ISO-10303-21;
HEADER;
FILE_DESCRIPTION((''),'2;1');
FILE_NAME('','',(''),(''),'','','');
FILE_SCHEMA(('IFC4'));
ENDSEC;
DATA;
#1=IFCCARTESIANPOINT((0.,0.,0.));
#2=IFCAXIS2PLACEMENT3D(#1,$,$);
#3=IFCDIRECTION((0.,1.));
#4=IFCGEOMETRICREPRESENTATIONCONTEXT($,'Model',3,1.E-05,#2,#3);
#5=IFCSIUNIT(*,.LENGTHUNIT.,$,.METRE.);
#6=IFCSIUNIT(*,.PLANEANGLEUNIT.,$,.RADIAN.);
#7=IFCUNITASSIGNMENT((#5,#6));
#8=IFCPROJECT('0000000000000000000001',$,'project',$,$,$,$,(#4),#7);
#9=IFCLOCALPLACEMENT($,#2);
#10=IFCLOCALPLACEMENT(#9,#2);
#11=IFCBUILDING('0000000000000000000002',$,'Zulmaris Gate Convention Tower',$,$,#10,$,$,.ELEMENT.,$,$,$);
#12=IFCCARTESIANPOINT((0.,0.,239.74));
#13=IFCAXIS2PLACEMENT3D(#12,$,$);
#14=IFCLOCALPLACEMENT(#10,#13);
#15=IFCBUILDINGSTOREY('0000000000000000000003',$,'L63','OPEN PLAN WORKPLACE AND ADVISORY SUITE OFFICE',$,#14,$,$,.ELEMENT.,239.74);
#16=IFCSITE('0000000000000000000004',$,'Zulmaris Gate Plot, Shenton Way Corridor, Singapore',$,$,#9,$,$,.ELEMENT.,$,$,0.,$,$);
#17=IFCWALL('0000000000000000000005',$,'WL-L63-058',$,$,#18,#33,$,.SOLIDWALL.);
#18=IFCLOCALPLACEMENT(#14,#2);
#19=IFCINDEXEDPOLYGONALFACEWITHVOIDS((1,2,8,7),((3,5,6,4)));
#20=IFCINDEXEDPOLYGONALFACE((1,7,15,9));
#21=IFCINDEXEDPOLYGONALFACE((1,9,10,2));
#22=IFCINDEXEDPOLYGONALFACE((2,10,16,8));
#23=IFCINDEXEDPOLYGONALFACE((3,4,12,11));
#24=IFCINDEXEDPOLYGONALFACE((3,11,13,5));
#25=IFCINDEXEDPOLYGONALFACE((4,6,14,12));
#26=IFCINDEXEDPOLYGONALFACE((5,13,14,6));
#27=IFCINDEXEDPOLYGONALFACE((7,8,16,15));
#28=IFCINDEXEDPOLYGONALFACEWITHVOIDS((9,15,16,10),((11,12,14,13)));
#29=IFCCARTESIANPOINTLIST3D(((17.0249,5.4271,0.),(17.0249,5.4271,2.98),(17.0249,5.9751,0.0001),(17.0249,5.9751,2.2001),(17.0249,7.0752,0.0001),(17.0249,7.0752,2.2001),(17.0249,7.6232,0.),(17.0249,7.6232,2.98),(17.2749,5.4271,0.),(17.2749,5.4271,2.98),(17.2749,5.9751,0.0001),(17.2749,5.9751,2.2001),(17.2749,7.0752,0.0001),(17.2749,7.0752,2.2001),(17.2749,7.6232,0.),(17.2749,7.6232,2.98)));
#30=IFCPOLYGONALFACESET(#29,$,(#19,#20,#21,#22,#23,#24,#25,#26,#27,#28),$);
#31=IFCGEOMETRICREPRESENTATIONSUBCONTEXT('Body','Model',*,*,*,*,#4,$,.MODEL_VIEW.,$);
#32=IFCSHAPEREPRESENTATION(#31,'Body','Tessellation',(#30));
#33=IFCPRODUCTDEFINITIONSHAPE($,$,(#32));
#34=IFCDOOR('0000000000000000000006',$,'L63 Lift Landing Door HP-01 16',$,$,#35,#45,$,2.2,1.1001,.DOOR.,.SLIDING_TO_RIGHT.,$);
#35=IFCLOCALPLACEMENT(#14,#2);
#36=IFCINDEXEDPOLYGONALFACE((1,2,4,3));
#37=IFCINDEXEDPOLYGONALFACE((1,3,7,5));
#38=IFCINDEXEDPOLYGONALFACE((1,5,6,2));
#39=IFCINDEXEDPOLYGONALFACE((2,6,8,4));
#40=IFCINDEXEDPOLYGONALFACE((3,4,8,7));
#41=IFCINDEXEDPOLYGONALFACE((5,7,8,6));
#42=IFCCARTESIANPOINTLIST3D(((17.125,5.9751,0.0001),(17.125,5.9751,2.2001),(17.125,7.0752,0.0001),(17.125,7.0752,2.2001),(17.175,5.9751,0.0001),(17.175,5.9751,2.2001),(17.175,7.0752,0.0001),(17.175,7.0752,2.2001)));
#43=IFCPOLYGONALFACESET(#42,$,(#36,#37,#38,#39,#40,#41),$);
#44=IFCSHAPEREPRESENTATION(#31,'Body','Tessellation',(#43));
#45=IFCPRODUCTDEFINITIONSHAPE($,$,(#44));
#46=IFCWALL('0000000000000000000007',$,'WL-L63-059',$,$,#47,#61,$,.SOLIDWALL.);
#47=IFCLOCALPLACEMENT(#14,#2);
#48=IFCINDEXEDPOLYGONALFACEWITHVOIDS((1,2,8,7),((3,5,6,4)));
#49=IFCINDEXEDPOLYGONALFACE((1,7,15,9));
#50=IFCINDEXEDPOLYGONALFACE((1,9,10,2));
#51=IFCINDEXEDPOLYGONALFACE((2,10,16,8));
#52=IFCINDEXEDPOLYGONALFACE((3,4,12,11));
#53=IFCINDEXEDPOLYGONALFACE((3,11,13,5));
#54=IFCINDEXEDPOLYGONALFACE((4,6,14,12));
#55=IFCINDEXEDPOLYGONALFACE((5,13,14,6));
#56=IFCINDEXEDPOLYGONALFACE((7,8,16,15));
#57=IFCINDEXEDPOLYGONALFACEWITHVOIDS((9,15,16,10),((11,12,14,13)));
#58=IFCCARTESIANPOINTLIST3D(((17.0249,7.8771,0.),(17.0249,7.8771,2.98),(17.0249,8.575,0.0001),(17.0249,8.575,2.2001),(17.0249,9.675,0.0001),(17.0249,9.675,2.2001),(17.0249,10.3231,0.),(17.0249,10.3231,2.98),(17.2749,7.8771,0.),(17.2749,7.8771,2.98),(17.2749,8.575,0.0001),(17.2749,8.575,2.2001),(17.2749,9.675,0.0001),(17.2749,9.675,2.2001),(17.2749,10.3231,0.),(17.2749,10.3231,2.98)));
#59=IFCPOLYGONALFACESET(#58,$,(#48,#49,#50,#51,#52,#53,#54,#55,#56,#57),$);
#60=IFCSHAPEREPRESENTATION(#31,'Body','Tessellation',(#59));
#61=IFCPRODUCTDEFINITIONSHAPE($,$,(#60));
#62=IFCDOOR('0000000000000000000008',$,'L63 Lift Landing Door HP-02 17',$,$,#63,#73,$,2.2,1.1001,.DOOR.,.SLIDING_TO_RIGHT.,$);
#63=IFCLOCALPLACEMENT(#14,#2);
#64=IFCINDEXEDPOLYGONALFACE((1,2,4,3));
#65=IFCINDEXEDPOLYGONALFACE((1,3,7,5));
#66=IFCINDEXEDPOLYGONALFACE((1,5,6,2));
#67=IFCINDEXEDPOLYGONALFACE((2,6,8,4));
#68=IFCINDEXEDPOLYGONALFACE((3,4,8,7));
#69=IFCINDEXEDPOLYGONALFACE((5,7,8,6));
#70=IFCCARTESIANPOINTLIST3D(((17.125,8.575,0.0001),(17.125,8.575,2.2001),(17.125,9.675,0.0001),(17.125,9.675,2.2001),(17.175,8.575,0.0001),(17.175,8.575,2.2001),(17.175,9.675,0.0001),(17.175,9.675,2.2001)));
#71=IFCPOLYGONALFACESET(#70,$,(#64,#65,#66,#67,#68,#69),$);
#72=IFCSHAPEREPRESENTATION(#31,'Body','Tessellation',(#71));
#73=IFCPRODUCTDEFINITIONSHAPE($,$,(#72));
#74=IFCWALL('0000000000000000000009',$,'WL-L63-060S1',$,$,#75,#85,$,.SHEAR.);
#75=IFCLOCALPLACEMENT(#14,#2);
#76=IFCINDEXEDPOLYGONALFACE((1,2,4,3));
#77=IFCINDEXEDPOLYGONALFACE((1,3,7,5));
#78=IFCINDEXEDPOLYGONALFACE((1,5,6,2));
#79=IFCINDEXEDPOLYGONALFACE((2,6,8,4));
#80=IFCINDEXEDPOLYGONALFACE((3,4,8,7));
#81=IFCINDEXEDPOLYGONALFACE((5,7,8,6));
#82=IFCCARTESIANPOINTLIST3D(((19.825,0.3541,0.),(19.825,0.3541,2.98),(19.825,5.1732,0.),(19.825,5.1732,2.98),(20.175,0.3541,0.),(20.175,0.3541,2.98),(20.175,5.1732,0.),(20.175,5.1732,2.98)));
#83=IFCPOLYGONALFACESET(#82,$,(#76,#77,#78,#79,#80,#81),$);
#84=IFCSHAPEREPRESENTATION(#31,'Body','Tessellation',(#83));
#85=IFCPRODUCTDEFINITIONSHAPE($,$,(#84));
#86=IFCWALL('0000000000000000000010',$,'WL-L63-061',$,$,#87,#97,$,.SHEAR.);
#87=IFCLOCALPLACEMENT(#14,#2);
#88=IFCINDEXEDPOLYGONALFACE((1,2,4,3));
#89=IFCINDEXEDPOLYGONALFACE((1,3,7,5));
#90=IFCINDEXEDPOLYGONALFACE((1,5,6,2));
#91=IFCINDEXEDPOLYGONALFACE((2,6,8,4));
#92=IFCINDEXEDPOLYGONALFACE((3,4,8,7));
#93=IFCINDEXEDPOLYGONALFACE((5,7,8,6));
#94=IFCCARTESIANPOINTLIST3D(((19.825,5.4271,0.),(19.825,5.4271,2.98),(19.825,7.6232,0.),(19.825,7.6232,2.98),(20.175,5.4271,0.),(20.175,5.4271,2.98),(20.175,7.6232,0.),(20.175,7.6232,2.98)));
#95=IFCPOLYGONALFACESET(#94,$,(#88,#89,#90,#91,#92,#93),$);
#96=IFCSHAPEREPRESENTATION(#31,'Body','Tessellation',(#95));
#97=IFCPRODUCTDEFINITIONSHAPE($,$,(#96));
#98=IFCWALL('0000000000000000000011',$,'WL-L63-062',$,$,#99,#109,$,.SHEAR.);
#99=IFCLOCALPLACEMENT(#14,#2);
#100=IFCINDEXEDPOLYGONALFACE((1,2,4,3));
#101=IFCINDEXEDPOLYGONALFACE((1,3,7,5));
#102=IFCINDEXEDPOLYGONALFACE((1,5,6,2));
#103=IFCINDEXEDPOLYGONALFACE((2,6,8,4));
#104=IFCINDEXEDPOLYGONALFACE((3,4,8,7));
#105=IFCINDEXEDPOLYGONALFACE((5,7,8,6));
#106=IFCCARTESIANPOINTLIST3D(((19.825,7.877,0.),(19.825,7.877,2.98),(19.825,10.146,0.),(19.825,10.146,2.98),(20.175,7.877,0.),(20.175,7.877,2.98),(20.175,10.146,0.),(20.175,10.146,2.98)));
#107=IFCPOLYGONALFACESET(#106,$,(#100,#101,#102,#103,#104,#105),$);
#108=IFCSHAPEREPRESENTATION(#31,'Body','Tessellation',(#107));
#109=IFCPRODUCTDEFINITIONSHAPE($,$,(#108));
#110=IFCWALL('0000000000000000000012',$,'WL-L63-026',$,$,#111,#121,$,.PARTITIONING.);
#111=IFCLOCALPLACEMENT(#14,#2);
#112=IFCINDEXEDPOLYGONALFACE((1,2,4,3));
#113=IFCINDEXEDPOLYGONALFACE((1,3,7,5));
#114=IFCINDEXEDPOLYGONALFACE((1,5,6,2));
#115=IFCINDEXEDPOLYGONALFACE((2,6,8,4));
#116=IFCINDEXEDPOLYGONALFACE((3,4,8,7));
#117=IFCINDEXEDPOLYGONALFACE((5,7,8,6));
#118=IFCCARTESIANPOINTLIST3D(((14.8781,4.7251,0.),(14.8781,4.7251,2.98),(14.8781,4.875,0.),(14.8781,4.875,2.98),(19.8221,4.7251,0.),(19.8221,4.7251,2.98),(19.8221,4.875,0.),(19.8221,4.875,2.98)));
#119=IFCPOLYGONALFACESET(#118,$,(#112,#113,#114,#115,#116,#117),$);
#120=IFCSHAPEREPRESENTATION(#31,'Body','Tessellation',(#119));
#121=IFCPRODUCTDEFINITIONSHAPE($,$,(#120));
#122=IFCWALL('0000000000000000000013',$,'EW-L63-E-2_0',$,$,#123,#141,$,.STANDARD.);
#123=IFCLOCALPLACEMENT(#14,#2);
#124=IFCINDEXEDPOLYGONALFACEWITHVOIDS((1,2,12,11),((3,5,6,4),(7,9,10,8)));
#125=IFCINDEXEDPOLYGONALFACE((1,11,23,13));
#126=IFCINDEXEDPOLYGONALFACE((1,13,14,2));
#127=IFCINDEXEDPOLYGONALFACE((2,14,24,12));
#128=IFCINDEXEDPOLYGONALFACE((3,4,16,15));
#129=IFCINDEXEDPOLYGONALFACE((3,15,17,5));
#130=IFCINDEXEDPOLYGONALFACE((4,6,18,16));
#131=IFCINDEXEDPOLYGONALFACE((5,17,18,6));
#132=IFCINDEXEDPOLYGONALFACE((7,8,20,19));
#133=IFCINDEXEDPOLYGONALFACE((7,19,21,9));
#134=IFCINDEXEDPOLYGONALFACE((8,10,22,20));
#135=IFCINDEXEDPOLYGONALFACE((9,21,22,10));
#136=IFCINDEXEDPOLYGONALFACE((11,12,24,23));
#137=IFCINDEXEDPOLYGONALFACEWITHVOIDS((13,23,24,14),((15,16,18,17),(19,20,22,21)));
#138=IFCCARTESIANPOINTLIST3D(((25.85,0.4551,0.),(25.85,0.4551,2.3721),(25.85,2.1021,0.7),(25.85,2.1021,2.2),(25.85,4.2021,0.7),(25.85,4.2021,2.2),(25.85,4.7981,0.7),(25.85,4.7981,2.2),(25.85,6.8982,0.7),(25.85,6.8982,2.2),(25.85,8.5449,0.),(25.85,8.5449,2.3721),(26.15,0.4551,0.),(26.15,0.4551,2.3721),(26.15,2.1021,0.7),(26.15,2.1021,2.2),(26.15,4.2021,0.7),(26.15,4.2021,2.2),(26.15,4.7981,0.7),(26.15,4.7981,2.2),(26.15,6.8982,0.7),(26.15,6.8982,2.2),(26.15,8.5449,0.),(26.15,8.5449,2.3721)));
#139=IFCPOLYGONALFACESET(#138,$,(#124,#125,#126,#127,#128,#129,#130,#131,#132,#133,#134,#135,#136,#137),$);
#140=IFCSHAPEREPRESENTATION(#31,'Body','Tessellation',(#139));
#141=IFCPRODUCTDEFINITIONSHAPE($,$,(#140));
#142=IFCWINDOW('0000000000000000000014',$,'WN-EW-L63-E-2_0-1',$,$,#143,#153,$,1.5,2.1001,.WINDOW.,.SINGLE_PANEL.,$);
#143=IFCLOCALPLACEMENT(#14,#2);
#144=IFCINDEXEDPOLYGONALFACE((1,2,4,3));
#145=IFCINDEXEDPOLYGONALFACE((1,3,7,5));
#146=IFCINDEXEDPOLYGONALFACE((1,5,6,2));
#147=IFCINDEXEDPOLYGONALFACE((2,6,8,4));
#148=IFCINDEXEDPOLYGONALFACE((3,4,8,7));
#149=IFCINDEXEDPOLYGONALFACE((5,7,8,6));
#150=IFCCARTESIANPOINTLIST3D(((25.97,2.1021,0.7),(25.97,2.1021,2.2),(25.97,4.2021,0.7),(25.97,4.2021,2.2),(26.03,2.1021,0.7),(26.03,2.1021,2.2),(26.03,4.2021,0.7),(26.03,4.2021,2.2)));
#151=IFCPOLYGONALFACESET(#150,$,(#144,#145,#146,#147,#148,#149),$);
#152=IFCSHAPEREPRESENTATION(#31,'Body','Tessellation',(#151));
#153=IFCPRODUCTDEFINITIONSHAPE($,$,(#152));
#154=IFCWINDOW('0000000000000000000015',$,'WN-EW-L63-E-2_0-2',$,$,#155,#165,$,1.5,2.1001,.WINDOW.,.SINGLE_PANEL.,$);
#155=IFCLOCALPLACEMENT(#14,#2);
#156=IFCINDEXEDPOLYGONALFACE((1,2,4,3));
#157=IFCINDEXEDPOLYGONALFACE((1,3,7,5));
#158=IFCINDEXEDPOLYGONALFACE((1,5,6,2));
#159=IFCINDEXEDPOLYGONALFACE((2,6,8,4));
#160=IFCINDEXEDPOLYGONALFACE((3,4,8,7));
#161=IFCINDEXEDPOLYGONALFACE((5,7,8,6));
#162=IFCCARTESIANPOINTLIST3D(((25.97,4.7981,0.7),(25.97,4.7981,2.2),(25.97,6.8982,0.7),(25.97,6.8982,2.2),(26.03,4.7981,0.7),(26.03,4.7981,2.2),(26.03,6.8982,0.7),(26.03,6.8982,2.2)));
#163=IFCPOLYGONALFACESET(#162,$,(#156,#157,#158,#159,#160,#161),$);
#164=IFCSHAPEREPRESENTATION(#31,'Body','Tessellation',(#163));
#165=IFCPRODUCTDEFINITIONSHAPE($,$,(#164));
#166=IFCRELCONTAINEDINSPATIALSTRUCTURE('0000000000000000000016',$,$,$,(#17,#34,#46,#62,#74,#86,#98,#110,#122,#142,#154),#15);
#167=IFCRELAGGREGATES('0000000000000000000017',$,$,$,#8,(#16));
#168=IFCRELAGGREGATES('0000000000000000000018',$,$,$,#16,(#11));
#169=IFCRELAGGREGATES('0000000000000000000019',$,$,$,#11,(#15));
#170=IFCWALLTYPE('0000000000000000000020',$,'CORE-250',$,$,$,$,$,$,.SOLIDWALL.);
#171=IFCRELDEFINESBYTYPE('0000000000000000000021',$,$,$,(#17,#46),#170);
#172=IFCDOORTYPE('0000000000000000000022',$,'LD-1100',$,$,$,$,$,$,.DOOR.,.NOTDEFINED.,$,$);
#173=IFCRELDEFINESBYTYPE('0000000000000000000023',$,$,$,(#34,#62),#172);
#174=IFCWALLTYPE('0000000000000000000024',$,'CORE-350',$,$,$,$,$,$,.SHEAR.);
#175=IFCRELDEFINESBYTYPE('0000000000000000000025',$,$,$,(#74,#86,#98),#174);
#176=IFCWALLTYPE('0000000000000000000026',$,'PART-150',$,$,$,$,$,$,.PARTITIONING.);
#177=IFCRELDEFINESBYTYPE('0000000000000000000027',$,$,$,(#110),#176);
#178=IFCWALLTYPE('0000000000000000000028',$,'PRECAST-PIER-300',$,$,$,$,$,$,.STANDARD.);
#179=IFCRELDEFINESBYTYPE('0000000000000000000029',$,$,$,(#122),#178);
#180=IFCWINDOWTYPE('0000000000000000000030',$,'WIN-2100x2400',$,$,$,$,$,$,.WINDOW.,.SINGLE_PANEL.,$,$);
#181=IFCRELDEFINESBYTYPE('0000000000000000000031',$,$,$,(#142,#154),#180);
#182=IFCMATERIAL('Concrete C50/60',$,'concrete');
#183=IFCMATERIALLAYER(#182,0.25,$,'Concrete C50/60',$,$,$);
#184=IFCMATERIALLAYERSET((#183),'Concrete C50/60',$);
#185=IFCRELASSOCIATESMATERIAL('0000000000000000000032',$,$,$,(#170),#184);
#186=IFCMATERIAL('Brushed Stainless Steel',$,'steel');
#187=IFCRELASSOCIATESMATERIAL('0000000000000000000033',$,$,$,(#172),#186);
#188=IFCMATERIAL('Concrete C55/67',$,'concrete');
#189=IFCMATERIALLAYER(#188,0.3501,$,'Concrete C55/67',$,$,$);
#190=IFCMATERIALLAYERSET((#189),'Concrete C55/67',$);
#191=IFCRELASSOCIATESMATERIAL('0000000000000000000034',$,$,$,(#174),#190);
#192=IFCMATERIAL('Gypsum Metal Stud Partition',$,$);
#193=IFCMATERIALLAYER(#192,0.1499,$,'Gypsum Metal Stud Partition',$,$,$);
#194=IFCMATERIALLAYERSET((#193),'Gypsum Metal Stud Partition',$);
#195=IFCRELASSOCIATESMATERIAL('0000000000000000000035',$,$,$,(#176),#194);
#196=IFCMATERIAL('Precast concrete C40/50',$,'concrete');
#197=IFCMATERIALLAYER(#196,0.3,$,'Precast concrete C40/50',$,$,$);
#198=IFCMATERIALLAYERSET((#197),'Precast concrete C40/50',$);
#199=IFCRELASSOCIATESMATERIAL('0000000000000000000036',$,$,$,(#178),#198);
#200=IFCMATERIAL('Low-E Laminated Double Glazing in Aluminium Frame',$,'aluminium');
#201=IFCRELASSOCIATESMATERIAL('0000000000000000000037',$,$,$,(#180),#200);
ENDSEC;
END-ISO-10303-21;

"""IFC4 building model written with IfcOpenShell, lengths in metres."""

from ifc_helpers import new_model, si_unit, direction, frame, frame_2d, origin, place, context, subcontext, project, spatial, rectangle, extrude, material, layer, layer_set, type_object, element, fill, save


model = new_model("IFC4")

# Units and contexts
model_context = context("Model", 3, precision=1e-05, world=origin(), true_north=direction((0.0, 1.0)))
body_context = subcontext(model_context, "Body", "Model", "MODEL_VIEW")
ifc_project = project(units=[si_unit("LENGTHUNIT", "METRE"), si_unit("PLANEANGLEUNIT", "RADIAN")], contexts=[model_context])

# Site, building, storey
site_placement = place(None, origin())
site = spatial("IfcSite", under=ifc_project, at=site_placement, Name="Zulmaris Gate Plot, Shenton Way Corridor, Singapore", CompositionType="ELEMENT", RefElevation=0.0)
building_placement = place(site_placement, origin())
building = spatial("IfcBuilding", under=site, at=building_placement, Name="Zulmaris Gate Convention Tower", CompositionType="ELEMENT")
storey_placement = place(building_placement, frame((0.0, 0.0, 239.74)))
storey = spatial("IfcBuildingStorey", under=building, at=storey_placement, Name="L63", Description="OPEN PLAN WORKPLACE AND ADVISORY SUITE OFFICE", CompositionType="ELEMENT", Elevation=239.74)

# Shared definitions
ifc_material_1 = material(Name="Concrete C50/60", Category="concrete")

# Shared definitions
ifc_layer_1 = layer(ifc_material_1, 0.25, Name="Concrete C50/60")
ifc_layer_set_1 = layer_set([ifc_layer_1], Name="Concrete C50/60")
wall_type_1 = type_object("IfcWallType", Name="CORE-250", PredefinedType="SOLIDWALL", material=ifc_layer_set_1)

# Walls, openings, doors
wall_1_placement = place(storey_placement, frame((17.1499, 5.427, 0.0), z_axis=(0.0, 0.0, 1.0), x_axis=(0.0, 1.0, 0.0)))
wall_1 = element("IfcWall", 1, at=wall_1_placement, inside=storey, type_object=wall_type_1, Name="WL-L63-058", PredefinedType="SOLIDWALL", context=body_context, shape_type="SweptSolid", body=[
    extrude(rectangle(XDim=2.196, YDim=0.25, at=frame_2d((1.0981, 0.0))), origin(), (0.0, 0.0, 1.0), 2.98),
])
opening_1_placement = place(wall_1_placement, frame((0.5481, 0.0, 0.0)))
opening_1 = element("IfcOpeningElement", 2, at=opening_1_placement, cuts=wall_1, PredefinedType="OPENING", context=body_context, shape_type="SweptSolid", body=[
    extrude(rectangle(XDim=1.1001, YDim=2.2, at=frame_2d((0.55, 1.1001))), frame((0.0, 0.135, 0.0), z_axis=(0.0, -1.0, 0.0), x_axis=(1.0, 0.0, 0.0)), (0.0, 0.0, 1.0), 0.27),
])
ifc_material_2 = material(Name="Brushed Stainless Steel", Category="steel")
door_type = type_object("IfcDoorType", Name="LD-1100", OperationType="NOTDEFINED", PredefinedType="DOOR", material=ifc_material_2)
door_1_placement = place(opening_1_placement, origin())
door_1 = element("IfcDoor", 3, at=door_1_placement, inside=storey, type_object=door_type, Name="L63 Lift Landing Door HP-01 16", OperationType="SLIDING_TO_RIGHT", OverallHeight=2.2, OverallWidth=1.1001, PredefinedType="DOOR", context=body_context, shape_type="SweptSolid", body=[
    extrude(rectangle(XDim=1.1001, YDim=2.2, at=frame_2d((0.55, 1.1001))), frame((0.0, 0.0249, 0.0), z_axis=(0.0, -1.0, 0.0), x_axis=(1.0, 0.0, 0.0)), (0.0, 0.0, 1.0), 0.05),
])
fill(opening_1, door_1)
wall_2_placement = place(storey_placement, frame((17.1499, 7.877, 0.0), z_axis=(0.0, 0.0, 1.0), x_axis=(0.0, 1.0, 0.0)))
wall_2 = element("IfcWall", 4, at=wall_2_placement, inside=storey, type_object=wall_type_1, Name="WL-L63-059", PredefinedType="SOLIDWALL", context=body_context, shape_type="SweptSolid", body=[
    extrude(rectangle(XDim=2.446, YDim=0.25, at=frame_2d((1.2231, 0.0))), origin(), (0.0, 0.0, 1.0), 2.98),
])
opening_2_placement = place(wall_2_placement, frame((0.698, 0.0, 0.0)))
opening_2 = element("IfcOpeningElement", 5, at=opening_2_placement, cuts=wall_2, PredefinedType="OPENING", context=body_context, shape_type="SweptSolid", body=[
    extrude(rectangle(XDim=1.1001, YDim=2.2, at=frame_2d((0.55, 1.1001))), frame((0.0, 0.135, 0.0), z_axis=(0.0, -1.0, 0.0), x_axis=(1.0, 0.0, 0.0)), (0.0, 0.0, 1.0), 0.27),
])
door_2_placement = place(opening_2_placement, origin())
door_2 = element("IfcDoor", 6, at=door_2_placement, inside=storey, type_object=door_type, Name="L63 Lift Landing Door HP-02 17", OperationType="SLIDING_TO_RIGHT", OverallHeight=2.2, OverallWidth=1.1001, PredefinedType="DOOR", context=body_context, shape_type="SweptSolid", body=[
    extrude(rectangle(XDim=1.1001, YDim=2.2, at=frame_2d((0.55, 1.1001))), frame((0.0, 0.0249, 0.0), z_axis=(0.0, -1.0, 0.0), x_axis=(1.0, 0.0, 0.0)), (0.0, 0.0, 1.0), 0.05),
])
fill(opening_2, door_2)

# Walls
ifc_material_3 = material(Name="Concrete C55/67", Category="concrete")
ifc_layer_2 = layer(ifc_material_3, 0.3501, Name="Concrete C55/67")
ifc_layer_set_2 = layer_set([ifc_layer_2], Name="Concrete C55/67")
wall_type_2 = type_object("IfcWallType", Name="CORE-350", PredefinedType="SHEAR", material=ifc_layer_set_2)
wall_3_placement = place(storey_placement, frame((20.0, 0.354, 0.0), z_axis=(0.0, 0.0, 1.0), x_axis=(0.0, 1.0, 0.0)))
element("IfcWall", 7, at=wall_3_placement, inside=storey, type_object=wall_type_2, Name="WL-L63-060S1", PredefinedType="SHEAR", context=body_context, shape_type="SweptSolid", body=[
    extrude(rectangle(XDim=4.8191, YDim=0.3501, at=frame_2d((2.4097, 0.0))), origin(), (0.0, 0.0, 1.0), 2.98),
])
wall_4_placement = place(storey_placement, frame((20.0, 5.427, 0.0), z_axis=(0.0, 0.0, 1.0), x_axis=(0.0, 1.0, 0.0)))
element("IfcWall", 8, at=wall_4_placement, inside=storey, type_object=wall_type_2, Name="WL-L63-061", PredefinedType="SHEAR", context=body_context, shape_type="SweptSolid", body=[
    extrude(rectangle(XDim=2.196, YDim=0.3501, at=frame_2d((1.0981, 0.0))), origin(), (0.0, 0.0, 1.0), 2.98),
])
wall_5_placement = place(storey_placement, frame((20.0, 7.877, 0.0), z_axis=(0.0, 0.0, 1.0), x_axis=(0.0, 1.0, 0.0)))
element("IfcWall", 9, at=wall_5_placement, inside=storey, type_object=wall_type_2, Name="WL-L63-062", PredefinedType="SHEAR", context=body_context, shape_type="SweptSolid", body=[
    extrude(rectangle(XDim=2.269, YDim=0.3501, at=frame_2d((1.1345, 0.0))), origin(), (0.0, 0.0, 1.0), 2.98),
])
ifc_material_4 = material(Name="Gypsum Metal Stud Partition")
ifc_layer_3 = layer(ifc_material_4, 0.1499, Name="Gypsum Metal Stud Partition")
ifc_layer_set_3 = layer_set([ifc_layer_3], Name="Gypsum Metal Stud Partition")
wall_type_3 = type_object("IfcWallType", Name="PART-150", PredefinedType="PARTITIONING", material=ifc_layer_set_3)
wall_6_placement = place(storey_placement, frame((14.8779, 4.8, 0.0), z_axis=(0.0, 0.0, 1.0), x_axis=(1.0, 0.0, 0.0)))
element("IfcWall", 10, at=wall_6_placement, inside=storey, type_object=wall_type_3, Name="WL-L63-026", PredefinedType="PARTITIONING", context=body_context, shape_type="SweptSolid", body=[
    extrude(rectangle(XDim=4.9441, YDim=0.1499, at=frame_2d((2.4722, 0.0))), origin(), (0.0, 0.0, 1.0), 2.98),
])

# Wall, openings, windows
ifc_material_5 = material(Name="Precast concrete C40/50", Category="concrete")
ifc_layer_4 = layer(ifc_material_5, 0.3, Name="Precast concrete C40/50")
ifc_layer_set_4 = layer_set([ifc_layer_4], Name="Precast concrete C40/50")
wall_type_4 = type_object("IfcWallType", Name="PRECAST-PIER-300", PredefinedType="STANDARD", material=ifc_layer_set_4)
wall_7_placement = place(storey_placement, frame((26.0, 0.4551, 0.0), z_axis=(0.0, 0.0, 1.0), x_axis=(0.0, 1.0, 0.0)))
wall_7 = element("IfcWall", 11, at=wall_7_placement, inside=storey, type_object=wall_type_4, Name="EW-L63-E-2_0", PredefinedType="STANDARD", context=body_context, shape_type="SweptSolid", body=[
    extrude(rectangle(XDim=8.0898, YDim=0.3, at=frame_2d((4.0449, 0.0))), origin(), (0.0, 0.0, 1.0), 2.3721),
])
opening_3_placement = place(wall_7_placement, frame((1.647, 0.0, 0.7)))
opening_3 = element("IfcOpeningElement", 12, at=opening_3_placement, cuts=wall_7, PredefinedType="OPENING", context=body_context, shape_type="SweptSolid", body=[
    extrude(rectangle(XDim=2.1001, YDim=1.5, at=frame_2d((1.05, 0.75))), frame((0.0, 0.1602, 0.0), z_axis=(0.0, -1.0, 0.0), x_axis=(1.0, 0.0, 0.0)), (0.0, 0.0, 1.0), 0.3201),
])
opening_4_placement = place(wall_7_placement, frame((4.343, 0.0, 0.7)))
opening_4 = element("IfcOpeningElement", 13, at=opening_4_placement, cuts=wall_7, PredefinedType="OPENING", context=body_context, shape_type="SweptSolid", body=[
    extrude(rectangle(XDim=2.1001, YDim=1.5, at=frame_2d((1.05, 0.75))), frame((0.0, 0.1602, 0.0), z_axis=(0.0, -1.0, 0.0), x_axis=(1.0, 0.0, 0.0)), (0.0, 0.0, 1.0), 0.3201),
])
ifc_material_6 = material(Name="Low-E Laminated Double Glazing in Aluminium Frame", Category="aluminium")
window_type = type_object("IfcWindowType", Name="WIN-2100x2400", PartitioningType="SINGLE_PANEL", PredefinedType="WINDOW", material=ifc_material_6)
window_1_placement = place(opening_3_placement, origin())
window_1 = element("IfcWindow", 14, at=window_1_placement, inside=storey, type_object=window_type, Name="WN-EW-L63-E-2_0-1", OverallHeight=1.5, OverallWidth=2.1001, PartitioningType="SINGLE_PANEL", PredefinedType="WINDOW", context=body_context, shape_type="SweptSolid", body=[
    extrude(rectangle(XDim=2.1001, YDim=1.5, at=frame_2d((1.05, 0.75))), frame((0.0, 0.03, 0.0), z_axis=(0.0, -1.0, 0.0), x_axis=(1.0, 0.0, 0.0)), (0.0, 0.0, 1.0), 0.0601),
])
fill(opening_3, window_1)
window_2_placement = place(opening_4_placement, origin())
window_2 = element("IfcWindow", 15, at=window_2_placement, inside=storey, type_object=window_type, Name="WN-EW-L63-E-2_0-2", OverallHeight=1.5, OverallWidth=2.1001, PartitioningType="SINGLE_PANEL", PredefinedType="WINDOW", context=body_context, shape_type="SweptSolid", body=[
    extrude(rectangle(XDim=2.1001, YDim=1.5, at=frame_2d((1.05, 0.75))), frame((0.0, 0.03, 0.0), z_axis=(0.0, -1.0, 0.0), x_axis=(1.0, 0.0, 0.0)), (0.0, 0.0, 1.0), 0.0601),
])
fill(opening_4, window_2)

save(model, "model.ifc")
